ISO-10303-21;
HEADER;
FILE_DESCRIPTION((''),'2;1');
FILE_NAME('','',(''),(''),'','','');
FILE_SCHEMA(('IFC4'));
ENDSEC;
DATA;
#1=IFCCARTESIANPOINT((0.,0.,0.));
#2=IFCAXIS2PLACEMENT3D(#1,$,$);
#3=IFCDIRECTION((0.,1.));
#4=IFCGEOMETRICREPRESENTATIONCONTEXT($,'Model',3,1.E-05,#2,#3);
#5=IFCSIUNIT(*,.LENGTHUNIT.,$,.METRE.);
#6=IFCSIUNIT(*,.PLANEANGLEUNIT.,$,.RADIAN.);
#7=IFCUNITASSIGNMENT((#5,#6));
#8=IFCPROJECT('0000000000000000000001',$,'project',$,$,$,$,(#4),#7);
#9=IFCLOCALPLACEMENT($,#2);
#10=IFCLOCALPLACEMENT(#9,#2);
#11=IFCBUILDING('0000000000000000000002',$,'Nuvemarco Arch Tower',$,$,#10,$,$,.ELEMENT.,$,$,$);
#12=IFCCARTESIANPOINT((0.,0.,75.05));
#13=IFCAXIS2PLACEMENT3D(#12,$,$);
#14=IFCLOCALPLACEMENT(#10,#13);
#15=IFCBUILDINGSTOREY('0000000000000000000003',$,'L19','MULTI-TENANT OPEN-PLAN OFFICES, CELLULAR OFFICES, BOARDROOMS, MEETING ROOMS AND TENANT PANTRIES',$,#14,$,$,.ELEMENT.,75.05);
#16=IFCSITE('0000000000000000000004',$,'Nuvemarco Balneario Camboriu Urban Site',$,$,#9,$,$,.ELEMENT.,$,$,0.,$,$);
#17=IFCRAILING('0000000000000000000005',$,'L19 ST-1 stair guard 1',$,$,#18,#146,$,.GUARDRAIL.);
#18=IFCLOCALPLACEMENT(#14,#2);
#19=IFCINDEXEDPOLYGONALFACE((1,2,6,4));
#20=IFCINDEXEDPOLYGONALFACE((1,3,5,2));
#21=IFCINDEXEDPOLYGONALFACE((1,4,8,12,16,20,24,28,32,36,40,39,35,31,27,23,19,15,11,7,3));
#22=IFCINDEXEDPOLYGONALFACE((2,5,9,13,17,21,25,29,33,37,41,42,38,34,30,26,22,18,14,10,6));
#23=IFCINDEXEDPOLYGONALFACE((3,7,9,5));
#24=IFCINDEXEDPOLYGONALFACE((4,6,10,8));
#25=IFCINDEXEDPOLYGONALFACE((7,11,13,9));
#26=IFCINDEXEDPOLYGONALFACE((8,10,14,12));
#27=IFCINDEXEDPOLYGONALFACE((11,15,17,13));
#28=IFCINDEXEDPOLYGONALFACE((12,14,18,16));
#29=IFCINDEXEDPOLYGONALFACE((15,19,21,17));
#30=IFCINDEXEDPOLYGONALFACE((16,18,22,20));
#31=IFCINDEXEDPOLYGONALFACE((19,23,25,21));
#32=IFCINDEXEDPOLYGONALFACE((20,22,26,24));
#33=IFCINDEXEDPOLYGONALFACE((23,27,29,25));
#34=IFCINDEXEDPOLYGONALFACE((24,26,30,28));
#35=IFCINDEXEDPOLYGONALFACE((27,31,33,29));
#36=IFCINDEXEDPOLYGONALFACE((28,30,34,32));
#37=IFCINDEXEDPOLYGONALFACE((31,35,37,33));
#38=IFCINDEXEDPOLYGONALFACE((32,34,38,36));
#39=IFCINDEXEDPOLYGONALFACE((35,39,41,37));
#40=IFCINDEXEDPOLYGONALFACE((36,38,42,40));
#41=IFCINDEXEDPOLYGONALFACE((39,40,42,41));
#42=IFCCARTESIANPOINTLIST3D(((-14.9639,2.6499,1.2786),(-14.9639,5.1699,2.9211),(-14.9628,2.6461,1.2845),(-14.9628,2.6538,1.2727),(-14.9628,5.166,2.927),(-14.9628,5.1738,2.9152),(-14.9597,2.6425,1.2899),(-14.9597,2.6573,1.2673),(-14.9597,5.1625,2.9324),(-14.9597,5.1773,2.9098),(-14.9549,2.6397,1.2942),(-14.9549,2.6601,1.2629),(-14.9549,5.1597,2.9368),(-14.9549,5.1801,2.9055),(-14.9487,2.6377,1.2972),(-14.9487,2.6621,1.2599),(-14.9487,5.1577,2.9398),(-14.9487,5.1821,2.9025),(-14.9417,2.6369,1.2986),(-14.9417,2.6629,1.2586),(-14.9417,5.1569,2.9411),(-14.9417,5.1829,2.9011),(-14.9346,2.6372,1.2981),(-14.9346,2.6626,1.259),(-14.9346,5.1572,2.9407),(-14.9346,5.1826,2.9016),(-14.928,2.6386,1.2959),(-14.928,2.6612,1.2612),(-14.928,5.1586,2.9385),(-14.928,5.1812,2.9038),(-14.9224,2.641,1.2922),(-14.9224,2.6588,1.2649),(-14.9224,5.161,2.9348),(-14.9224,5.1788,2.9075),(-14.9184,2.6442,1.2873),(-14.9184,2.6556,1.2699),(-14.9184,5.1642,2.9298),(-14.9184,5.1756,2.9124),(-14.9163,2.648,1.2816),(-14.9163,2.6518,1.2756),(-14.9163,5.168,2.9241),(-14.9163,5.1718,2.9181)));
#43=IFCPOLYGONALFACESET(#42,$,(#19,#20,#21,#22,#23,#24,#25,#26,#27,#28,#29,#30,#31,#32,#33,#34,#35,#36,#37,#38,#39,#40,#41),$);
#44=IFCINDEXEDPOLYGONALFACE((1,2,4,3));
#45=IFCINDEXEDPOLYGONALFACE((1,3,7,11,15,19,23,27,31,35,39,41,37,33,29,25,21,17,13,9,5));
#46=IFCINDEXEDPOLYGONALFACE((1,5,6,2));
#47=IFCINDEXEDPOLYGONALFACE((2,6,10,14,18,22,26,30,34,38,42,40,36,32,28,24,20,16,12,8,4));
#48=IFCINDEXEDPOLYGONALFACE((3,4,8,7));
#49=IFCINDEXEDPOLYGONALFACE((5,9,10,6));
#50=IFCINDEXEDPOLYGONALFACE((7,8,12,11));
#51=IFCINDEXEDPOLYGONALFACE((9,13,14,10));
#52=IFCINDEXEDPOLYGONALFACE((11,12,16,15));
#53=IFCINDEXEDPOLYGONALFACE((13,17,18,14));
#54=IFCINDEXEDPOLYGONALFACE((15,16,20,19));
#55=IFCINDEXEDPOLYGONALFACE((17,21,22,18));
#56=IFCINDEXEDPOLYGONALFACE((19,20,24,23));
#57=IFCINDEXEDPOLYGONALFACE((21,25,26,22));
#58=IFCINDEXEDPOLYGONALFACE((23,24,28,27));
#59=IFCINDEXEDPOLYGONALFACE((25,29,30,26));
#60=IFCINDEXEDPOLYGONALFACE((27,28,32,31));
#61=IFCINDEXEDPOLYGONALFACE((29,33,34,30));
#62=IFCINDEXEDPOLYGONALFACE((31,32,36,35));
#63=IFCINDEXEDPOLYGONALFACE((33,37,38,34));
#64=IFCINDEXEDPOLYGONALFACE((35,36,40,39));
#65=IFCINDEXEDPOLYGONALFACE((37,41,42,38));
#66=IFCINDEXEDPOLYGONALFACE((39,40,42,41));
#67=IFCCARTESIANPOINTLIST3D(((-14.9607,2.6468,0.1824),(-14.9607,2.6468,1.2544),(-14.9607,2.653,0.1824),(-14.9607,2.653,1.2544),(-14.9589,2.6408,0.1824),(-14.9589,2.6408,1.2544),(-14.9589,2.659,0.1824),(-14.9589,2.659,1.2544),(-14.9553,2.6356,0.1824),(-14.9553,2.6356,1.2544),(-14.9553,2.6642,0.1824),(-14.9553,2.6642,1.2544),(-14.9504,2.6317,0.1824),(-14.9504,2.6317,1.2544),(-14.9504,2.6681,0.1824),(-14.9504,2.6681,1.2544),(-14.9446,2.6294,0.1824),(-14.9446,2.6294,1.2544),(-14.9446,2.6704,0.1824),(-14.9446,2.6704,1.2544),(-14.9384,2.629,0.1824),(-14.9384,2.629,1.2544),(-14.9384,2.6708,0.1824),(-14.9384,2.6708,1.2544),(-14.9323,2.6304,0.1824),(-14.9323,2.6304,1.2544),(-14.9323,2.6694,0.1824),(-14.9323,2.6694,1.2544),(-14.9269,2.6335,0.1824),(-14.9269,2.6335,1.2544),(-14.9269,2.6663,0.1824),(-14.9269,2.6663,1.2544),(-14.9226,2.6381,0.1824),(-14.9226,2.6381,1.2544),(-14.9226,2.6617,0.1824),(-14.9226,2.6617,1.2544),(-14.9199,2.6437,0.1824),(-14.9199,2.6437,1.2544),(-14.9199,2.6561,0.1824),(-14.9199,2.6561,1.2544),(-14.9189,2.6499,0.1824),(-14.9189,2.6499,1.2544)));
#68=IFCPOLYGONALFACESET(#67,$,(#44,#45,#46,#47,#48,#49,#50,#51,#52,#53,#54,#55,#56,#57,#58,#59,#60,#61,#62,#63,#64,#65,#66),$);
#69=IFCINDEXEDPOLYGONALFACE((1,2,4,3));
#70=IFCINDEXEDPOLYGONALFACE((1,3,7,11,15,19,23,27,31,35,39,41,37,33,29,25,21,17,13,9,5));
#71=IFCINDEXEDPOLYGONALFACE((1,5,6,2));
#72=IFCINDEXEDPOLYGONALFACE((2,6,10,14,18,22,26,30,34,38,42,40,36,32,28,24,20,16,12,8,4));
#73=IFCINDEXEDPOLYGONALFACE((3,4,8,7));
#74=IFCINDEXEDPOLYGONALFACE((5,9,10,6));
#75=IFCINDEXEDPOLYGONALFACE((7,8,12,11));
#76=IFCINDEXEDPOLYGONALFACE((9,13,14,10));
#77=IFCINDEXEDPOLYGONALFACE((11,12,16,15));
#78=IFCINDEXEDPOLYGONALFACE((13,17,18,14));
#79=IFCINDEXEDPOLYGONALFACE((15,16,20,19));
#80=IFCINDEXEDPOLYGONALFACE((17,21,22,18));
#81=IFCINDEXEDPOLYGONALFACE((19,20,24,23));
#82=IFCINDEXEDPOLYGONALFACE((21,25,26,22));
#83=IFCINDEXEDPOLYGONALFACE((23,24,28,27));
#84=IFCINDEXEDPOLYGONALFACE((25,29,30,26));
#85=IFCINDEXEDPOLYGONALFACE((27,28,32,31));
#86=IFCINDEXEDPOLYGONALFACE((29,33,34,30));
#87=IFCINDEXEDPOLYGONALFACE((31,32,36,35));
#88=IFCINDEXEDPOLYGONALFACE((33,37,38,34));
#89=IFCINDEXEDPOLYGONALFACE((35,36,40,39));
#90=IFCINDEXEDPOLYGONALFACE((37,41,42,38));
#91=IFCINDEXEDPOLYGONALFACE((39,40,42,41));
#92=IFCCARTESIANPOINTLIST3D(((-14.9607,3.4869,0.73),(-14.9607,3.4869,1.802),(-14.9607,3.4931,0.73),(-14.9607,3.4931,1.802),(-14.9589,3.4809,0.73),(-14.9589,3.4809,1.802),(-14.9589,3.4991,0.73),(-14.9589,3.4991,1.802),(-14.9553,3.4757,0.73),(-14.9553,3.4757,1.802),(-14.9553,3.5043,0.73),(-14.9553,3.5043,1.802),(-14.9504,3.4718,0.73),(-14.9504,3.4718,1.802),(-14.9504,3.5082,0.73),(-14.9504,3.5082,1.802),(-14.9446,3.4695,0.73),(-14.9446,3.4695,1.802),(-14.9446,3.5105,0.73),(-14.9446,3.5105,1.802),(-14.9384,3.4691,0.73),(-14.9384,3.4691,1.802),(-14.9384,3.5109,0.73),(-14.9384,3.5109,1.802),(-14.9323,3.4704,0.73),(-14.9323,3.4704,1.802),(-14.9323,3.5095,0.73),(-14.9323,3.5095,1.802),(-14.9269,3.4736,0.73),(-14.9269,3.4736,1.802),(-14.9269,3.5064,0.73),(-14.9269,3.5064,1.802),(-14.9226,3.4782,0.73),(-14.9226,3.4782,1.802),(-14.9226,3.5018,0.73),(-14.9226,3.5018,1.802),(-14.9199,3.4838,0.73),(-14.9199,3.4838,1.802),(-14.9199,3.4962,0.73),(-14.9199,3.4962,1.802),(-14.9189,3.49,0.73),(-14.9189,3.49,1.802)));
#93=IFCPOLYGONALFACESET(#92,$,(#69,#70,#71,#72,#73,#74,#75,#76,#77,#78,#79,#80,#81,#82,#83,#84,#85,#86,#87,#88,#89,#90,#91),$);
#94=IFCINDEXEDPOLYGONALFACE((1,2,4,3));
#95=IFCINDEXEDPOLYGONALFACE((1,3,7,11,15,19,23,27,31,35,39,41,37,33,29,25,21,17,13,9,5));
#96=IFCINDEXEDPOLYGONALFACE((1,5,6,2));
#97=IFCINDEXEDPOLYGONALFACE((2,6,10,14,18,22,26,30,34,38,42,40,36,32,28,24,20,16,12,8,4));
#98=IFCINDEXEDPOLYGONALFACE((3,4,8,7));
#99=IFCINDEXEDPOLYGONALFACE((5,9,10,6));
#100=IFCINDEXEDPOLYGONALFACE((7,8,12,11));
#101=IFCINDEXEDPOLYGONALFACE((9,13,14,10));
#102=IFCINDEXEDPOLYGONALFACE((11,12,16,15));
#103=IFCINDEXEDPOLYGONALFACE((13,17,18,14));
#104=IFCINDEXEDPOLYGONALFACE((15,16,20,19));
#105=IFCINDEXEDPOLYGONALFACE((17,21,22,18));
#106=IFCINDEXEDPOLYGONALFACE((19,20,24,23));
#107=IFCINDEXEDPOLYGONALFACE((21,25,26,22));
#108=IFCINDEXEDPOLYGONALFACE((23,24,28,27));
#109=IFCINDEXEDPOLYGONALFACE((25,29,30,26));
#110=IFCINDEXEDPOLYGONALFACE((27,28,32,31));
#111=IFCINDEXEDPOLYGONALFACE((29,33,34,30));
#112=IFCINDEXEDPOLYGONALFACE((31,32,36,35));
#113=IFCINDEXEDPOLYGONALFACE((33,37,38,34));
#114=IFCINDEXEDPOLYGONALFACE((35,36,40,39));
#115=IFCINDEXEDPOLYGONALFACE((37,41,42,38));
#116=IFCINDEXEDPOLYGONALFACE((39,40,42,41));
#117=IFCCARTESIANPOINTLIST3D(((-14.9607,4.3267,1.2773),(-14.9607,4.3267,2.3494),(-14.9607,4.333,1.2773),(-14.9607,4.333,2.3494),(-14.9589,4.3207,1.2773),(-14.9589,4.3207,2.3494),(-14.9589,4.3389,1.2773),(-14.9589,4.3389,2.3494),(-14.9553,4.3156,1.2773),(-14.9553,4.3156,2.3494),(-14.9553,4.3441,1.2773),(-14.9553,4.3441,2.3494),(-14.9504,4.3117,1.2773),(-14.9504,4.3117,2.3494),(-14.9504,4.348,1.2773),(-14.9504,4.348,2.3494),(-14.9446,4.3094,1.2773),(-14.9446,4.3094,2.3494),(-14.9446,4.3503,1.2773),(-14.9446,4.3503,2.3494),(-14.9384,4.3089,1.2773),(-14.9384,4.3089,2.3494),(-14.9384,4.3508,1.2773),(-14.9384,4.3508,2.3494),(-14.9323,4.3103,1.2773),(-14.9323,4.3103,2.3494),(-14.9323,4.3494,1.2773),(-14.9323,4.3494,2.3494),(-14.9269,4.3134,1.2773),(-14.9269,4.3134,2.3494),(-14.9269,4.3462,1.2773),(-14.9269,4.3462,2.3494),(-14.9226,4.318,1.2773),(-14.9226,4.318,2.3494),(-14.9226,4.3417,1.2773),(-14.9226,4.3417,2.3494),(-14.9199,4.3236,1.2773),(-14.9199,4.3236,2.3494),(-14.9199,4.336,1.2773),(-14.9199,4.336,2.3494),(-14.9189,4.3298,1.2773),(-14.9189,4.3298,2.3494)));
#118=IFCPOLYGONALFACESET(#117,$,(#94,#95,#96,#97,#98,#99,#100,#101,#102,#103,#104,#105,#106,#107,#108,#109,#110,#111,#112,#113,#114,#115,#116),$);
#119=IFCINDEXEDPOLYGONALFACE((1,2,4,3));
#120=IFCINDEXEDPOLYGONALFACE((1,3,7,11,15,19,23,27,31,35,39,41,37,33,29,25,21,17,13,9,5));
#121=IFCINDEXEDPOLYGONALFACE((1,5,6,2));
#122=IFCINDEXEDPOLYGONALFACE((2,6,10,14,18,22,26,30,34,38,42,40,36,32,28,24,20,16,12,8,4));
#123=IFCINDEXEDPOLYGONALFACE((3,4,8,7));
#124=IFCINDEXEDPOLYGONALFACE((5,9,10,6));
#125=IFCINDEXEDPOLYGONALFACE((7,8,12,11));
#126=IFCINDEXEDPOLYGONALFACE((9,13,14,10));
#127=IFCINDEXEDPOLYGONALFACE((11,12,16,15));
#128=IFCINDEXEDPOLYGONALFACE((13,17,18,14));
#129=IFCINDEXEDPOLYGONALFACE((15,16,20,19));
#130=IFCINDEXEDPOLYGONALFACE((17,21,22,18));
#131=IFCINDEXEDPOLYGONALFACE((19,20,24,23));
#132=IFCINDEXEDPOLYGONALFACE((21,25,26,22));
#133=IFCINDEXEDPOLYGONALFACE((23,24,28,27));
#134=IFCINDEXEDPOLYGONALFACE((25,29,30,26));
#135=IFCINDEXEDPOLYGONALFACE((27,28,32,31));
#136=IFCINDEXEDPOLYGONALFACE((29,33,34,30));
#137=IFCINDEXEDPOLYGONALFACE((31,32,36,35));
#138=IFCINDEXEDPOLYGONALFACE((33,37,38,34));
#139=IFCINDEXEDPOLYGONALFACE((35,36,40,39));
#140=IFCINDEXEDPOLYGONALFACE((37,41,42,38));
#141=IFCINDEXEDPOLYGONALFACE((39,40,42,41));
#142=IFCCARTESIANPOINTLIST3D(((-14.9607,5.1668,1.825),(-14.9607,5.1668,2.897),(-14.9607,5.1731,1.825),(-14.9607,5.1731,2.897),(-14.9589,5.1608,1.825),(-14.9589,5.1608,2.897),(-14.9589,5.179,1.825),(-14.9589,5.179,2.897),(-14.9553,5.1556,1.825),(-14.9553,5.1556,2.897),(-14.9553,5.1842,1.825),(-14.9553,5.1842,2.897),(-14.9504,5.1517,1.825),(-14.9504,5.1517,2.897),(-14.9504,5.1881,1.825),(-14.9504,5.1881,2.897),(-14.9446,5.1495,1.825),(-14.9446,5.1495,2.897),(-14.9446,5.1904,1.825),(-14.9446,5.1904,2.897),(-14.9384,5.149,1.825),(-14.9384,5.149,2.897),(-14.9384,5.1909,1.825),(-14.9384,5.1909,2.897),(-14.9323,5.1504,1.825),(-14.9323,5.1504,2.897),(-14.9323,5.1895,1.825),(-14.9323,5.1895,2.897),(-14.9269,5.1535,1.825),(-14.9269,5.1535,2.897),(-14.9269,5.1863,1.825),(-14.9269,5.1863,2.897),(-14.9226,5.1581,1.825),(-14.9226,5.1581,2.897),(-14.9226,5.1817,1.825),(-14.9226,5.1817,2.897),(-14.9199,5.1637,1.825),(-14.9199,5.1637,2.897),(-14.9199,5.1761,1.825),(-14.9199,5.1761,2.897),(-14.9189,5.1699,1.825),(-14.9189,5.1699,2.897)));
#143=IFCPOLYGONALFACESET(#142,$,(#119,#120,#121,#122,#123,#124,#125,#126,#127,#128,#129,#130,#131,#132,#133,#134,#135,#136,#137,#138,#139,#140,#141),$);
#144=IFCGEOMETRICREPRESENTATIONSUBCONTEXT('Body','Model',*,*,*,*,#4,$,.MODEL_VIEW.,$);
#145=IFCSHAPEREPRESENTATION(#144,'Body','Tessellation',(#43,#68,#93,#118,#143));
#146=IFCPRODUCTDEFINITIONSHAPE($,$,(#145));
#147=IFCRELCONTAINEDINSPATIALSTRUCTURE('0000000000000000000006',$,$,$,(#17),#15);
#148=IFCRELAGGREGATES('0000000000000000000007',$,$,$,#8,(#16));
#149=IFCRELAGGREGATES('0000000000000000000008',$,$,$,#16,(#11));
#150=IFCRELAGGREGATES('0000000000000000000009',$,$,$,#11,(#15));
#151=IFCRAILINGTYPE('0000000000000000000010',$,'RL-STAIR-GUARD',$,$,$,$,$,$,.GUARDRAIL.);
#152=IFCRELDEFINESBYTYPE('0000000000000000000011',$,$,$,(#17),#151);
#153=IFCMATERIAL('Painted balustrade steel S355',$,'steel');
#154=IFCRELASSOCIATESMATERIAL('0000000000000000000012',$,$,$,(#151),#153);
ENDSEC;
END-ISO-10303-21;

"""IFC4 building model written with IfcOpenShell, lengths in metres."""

from ifc_helpers import new_model, si_unit, direction, frame, origin, origin_2d, place, context, subcontext, project, spatial, circle, extrude, material, type_object, element, save


model = new_model("IFC4")

# Units and contexts
model_context = context("Model", 3, precision=1e-05, world=origin(), true_north=direction((0.0, 1.0)))
body_context = subcontext(model_context, "Body", "Model", "MODEL_VIEW")
ifc_project = project(units=[si_unit("LENGTHUNIT", "METRE"), si_unit("PLANEANGLEUNIT", "RADIAN")], contexts=[model_context])

# Site, building, storey
site_placement = place(None, origin())
site = spatial("IfcSite", under=ifc_project, at=site_placement, Name="Nuvemarco Balneario Camboriu Urban Site", CompositionType="ELEMENT", RefElevation=0.0)
building_placement = place(site_placement, origin())
building = spatial("IfcBuilding", under=site, at=building_placement, Name="Nuvemarco Arch Tower", CompositionType="ELEMENT")
storey_placement = place(building_placement, frame((0.0, 0.0, 75.05)))
storey = spatial("IfcBuildingStorey", under=building, at=storey_placement, Name="L19", Description="MULTI-TENANT OPEN-PLAN OFFICES, CELLULAR OFFICES, BOARDROOMS, MEETING ROOMS AND TENANT PANTRIES", CompositionType="ELEMENT", Elevation=75.05)

# Railing
ifc_material_1 = material(Name="Painted balustrade steel S355", Category="steel")
railing_type_1 = type_object("IfcRailingType", Name="RL-STAIR-GUARD", PredefinedType="GUARDRAIL", material=ifc_material_1)
railing_1_placement = place(storey_placement, frame((-14.9399, 2.6499, 0.1824)))
element("IfcRailing", 1, at=railing_1_placement, inside=storey, type_object=railing_type_1, Name="L19 ST-1 stair guard 1", PredefinedType="GUARDRAIL", context=body_context, shape_type="SweptSolid", body=[
    extrude(circle(Radius=0.0239, at=origin_2d()), frame((0.0, 0.0, 1.0962), z_axis=(0.0, 0.837749, 0.546055), x_axis=(-1.0, 0.0, 0.0)), (0.0, 0.0, 1.0), 3.0081),
    extrude(circle(Radius=0.021, at=origin_2d()), origin(), (0.0, 0.0, 1.0), 1.072),
    extrude(circle(Radius=0.021, at=origin_2d()), frame((0.0, 0.8401, 0.5476)), (0.0, 0.0, 1.0), 1.072),
    extrude(circle(Radius=0.021, at=origin_2d()), frame((0.0, 1.6799, 1.095)), (0.0, 0.0, 1.0), 1.072),
    extrude(circle(Radius=0.021, at=origin_2d()), frame((0.0, 2.52, 1.6426)), (0.0, 0.0, 1.0), 1.072),
])

save(model, "model.ifc")
